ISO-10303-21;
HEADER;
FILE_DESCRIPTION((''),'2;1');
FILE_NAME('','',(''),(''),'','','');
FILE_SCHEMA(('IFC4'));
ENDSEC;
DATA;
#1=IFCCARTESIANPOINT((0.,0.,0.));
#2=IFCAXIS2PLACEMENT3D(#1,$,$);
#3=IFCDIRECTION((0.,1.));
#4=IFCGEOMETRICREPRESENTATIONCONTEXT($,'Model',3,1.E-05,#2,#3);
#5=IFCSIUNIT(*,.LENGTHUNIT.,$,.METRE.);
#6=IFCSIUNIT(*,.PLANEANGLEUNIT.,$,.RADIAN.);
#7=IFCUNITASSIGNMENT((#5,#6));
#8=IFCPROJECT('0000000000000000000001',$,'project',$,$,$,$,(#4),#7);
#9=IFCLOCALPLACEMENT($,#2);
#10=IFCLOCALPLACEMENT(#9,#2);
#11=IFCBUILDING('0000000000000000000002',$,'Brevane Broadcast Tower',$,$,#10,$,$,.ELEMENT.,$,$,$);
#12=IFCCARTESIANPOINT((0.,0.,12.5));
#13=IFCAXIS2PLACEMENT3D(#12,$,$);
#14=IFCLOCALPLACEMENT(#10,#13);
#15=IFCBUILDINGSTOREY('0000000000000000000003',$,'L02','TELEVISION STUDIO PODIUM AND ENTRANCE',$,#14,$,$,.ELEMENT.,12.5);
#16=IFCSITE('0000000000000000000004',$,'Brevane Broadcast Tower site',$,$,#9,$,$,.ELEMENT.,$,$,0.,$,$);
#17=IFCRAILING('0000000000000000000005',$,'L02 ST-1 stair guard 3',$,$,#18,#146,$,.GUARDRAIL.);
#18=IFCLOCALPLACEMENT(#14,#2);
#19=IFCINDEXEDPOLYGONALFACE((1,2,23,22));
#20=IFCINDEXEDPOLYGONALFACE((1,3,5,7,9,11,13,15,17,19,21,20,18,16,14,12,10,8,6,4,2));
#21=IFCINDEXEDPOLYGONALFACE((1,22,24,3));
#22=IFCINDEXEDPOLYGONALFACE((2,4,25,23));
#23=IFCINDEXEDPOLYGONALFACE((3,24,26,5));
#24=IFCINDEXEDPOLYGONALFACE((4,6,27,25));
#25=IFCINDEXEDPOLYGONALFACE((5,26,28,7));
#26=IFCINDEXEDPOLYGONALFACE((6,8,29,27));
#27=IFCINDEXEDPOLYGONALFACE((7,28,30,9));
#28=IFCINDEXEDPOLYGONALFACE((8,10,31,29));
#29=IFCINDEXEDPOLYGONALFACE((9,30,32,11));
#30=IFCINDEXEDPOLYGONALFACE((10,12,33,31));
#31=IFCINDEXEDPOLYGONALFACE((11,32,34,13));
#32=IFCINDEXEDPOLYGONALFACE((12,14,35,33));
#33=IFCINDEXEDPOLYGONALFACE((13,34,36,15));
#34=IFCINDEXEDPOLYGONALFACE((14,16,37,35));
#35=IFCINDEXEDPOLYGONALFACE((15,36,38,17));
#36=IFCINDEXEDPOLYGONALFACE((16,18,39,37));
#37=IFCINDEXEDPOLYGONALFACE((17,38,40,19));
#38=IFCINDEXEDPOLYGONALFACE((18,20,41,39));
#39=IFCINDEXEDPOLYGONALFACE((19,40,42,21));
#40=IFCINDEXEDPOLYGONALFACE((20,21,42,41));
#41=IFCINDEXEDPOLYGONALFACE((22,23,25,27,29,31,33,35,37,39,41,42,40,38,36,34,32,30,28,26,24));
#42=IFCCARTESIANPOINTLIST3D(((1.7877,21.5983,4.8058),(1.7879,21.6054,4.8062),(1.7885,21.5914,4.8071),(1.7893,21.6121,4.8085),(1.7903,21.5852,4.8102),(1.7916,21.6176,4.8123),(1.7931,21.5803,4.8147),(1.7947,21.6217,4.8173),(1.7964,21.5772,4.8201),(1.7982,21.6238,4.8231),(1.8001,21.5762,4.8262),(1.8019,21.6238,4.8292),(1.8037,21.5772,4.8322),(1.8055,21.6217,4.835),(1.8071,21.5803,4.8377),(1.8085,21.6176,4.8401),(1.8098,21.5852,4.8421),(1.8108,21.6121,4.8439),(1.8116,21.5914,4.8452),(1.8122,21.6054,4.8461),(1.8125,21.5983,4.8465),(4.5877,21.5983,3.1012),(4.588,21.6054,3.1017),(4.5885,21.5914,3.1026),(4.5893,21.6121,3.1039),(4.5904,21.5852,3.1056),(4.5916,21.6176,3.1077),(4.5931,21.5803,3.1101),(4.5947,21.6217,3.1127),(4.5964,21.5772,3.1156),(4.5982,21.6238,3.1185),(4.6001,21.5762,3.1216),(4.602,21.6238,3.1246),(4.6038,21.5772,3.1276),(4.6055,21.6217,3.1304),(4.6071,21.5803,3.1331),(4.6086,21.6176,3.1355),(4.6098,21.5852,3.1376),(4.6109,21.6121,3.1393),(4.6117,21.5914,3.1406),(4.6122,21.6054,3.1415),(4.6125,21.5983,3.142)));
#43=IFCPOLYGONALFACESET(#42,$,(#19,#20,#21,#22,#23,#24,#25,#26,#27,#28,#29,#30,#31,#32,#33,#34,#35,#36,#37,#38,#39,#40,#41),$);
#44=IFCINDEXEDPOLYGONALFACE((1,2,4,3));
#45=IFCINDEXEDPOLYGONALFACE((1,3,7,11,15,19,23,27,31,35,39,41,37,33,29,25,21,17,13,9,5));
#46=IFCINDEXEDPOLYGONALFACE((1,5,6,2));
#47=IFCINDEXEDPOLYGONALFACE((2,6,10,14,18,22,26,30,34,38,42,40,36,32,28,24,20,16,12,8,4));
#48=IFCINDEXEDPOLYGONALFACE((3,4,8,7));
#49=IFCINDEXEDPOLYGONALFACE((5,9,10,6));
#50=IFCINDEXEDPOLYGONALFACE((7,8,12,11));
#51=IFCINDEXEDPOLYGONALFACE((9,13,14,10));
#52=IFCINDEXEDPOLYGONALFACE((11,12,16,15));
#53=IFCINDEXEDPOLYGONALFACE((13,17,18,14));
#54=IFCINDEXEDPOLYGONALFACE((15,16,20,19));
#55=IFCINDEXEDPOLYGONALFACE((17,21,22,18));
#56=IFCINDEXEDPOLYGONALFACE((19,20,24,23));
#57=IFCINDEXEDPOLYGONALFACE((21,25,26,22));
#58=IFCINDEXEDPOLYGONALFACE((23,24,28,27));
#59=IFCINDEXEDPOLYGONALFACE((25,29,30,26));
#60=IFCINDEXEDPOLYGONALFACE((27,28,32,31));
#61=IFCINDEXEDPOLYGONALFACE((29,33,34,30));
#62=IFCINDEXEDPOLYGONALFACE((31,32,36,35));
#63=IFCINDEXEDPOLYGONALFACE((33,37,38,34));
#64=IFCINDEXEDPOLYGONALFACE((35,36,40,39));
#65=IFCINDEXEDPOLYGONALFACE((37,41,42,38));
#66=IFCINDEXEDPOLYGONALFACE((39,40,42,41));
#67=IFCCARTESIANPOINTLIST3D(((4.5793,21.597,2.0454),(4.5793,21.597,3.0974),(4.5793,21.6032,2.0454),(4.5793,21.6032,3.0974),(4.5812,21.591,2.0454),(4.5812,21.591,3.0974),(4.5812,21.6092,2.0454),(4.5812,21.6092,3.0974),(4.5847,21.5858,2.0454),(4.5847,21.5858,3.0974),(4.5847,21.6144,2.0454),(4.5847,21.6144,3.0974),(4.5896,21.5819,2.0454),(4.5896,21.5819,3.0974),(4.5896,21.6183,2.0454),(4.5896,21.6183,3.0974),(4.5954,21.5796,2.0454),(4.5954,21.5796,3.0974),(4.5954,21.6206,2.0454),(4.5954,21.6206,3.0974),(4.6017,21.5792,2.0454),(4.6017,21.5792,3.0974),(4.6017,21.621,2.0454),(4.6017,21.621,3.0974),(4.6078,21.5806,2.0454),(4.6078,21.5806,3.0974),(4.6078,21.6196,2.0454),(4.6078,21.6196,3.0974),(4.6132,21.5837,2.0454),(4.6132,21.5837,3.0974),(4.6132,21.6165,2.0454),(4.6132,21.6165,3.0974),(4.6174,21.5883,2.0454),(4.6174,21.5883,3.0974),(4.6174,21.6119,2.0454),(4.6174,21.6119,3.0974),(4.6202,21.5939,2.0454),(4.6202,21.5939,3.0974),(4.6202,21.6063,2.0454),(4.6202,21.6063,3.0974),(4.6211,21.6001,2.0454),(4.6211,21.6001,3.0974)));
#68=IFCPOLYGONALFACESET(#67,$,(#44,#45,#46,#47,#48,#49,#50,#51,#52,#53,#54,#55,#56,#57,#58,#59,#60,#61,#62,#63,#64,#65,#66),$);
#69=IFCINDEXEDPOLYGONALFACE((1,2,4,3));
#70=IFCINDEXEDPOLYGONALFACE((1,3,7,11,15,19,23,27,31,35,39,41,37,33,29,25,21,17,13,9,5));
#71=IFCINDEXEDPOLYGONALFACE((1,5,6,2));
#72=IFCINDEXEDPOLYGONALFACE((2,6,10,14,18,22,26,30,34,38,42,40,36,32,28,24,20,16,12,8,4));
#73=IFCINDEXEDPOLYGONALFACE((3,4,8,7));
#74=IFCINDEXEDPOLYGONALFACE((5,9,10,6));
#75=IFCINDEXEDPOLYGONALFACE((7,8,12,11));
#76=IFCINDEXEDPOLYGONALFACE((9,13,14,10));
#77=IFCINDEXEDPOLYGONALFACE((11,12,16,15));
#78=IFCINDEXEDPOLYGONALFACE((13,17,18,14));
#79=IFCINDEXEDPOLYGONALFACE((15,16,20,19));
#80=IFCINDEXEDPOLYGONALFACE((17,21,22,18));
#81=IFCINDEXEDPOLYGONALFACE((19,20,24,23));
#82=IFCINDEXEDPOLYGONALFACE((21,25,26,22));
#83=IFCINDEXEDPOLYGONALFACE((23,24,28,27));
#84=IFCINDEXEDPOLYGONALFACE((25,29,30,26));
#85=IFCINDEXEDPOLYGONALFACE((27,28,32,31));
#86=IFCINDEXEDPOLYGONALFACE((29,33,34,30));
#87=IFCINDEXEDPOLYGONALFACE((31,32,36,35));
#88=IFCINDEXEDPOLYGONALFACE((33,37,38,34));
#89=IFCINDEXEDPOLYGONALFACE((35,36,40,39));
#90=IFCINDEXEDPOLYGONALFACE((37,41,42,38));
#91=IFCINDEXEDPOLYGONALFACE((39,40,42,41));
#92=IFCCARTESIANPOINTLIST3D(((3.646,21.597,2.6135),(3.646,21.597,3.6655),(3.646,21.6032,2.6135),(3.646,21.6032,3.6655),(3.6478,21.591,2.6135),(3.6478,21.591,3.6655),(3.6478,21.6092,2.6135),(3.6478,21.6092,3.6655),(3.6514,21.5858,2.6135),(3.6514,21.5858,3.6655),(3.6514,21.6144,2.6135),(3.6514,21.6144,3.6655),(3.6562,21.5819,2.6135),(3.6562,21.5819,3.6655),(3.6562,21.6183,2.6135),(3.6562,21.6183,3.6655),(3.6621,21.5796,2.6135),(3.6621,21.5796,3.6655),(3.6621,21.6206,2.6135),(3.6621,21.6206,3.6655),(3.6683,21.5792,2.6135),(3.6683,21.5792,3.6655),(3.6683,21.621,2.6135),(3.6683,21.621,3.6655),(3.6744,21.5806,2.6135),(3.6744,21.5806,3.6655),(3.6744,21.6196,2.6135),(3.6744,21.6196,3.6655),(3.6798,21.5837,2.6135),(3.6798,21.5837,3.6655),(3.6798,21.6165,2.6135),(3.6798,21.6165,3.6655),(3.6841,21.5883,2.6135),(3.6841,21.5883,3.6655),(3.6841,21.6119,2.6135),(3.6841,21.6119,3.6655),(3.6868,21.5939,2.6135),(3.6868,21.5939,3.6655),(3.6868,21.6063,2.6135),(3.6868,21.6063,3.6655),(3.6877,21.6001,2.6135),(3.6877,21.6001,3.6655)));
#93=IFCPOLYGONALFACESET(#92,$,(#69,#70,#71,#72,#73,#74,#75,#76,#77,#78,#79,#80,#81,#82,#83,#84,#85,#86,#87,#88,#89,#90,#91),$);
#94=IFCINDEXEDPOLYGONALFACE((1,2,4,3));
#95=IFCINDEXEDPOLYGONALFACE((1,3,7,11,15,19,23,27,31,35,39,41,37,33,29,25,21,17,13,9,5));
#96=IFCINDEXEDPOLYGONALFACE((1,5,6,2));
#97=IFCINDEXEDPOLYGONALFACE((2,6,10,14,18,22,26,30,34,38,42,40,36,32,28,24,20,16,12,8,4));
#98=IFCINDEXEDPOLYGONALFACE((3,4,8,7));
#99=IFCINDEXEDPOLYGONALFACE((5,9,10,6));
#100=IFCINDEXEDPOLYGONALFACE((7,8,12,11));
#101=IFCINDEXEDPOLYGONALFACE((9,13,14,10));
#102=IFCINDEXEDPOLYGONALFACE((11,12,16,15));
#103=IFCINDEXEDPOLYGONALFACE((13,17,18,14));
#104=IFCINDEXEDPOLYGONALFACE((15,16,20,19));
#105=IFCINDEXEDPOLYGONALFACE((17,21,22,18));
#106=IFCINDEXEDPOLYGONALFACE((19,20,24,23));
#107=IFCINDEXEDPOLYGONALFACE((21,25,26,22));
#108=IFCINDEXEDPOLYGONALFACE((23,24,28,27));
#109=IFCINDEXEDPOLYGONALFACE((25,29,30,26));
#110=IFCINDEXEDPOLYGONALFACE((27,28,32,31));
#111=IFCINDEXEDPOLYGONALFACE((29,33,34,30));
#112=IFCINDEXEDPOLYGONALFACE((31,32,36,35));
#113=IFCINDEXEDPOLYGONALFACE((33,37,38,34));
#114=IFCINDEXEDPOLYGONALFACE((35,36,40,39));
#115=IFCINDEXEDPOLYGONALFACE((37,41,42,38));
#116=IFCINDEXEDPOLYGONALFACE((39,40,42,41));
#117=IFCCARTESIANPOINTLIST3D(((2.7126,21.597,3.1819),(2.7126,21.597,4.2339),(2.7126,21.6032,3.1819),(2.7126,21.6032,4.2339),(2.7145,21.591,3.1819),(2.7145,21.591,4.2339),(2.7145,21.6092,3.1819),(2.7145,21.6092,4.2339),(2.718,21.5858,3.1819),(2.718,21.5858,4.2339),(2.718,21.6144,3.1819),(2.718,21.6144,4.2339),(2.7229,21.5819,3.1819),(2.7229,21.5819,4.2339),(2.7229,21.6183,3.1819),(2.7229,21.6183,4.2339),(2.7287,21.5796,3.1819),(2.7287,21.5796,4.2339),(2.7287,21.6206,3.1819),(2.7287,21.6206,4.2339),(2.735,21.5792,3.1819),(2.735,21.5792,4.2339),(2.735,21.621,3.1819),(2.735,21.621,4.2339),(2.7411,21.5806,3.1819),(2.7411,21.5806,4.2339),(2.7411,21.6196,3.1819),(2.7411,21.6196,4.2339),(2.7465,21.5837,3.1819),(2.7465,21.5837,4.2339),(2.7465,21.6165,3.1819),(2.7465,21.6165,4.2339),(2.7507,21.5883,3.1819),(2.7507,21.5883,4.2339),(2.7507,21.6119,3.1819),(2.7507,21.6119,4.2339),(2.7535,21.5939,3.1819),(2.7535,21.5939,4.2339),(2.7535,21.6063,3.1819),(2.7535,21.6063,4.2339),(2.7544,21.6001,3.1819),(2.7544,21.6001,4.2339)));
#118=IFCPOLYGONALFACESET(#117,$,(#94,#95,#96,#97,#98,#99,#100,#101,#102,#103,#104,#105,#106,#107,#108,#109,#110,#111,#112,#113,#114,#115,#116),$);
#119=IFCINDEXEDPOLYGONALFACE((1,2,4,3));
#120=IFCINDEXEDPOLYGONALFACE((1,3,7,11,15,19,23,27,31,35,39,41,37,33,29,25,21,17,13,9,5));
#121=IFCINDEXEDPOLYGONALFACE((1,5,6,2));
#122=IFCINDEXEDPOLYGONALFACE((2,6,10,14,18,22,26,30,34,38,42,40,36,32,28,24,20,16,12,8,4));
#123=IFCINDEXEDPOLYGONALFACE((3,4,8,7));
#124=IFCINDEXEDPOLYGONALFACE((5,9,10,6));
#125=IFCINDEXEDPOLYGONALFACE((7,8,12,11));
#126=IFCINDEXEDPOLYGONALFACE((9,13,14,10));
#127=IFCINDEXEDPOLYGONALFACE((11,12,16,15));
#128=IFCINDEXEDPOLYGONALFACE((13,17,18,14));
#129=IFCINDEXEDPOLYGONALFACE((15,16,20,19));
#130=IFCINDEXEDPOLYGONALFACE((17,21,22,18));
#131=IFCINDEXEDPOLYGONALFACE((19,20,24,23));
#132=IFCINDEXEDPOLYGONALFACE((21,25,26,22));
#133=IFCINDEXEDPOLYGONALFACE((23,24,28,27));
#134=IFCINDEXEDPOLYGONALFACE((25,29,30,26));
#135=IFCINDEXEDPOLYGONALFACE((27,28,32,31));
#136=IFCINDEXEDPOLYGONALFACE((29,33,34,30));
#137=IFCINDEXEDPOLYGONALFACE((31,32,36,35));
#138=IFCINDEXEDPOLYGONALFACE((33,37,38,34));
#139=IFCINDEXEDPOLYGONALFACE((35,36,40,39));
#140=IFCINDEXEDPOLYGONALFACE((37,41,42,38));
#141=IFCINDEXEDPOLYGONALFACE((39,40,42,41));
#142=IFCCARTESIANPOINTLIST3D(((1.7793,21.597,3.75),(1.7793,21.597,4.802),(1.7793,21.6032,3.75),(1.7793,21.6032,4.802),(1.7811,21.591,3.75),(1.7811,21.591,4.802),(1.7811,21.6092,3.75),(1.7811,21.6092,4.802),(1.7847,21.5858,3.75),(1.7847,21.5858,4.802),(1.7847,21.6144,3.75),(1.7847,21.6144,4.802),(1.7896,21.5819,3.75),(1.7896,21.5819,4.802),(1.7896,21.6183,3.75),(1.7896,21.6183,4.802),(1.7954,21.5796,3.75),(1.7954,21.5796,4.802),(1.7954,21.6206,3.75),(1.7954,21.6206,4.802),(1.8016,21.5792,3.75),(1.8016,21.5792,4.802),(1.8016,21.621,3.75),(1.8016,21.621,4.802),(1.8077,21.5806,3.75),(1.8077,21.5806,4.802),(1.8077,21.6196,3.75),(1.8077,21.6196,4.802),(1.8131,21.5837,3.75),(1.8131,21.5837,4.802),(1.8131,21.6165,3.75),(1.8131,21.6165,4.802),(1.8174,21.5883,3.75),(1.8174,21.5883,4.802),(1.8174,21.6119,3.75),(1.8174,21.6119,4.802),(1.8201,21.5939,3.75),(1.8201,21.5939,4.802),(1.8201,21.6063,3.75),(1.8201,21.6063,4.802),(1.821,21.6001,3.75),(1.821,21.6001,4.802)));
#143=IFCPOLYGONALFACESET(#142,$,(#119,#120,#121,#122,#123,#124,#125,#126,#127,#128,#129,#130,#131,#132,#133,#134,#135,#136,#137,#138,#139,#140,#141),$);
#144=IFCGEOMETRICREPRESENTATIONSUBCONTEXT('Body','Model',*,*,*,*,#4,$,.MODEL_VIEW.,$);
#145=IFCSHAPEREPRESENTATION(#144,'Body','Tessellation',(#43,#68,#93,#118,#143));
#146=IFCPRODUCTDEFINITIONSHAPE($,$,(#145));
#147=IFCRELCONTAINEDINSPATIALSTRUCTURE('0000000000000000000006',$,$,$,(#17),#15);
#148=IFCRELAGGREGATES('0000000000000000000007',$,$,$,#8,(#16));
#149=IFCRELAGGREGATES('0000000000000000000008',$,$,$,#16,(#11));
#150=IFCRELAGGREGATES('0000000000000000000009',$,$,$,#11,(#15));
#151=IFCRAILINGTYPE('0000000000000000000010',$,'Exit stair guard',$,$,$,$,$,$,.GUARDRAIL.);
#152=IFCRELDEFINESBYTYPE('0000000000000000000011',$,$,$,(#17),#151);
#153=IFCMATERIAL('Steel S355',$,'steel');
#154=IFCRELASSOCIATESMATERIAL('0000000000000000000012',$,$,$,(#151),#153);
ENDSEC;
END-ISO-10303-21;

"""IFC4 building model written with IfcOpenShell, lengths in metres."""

from ifc_helpers import new_model, si_unit, direction, frame, origin, origin_2d, place, context, subcontext, project, spatial, circle, extrude, material, type_object, element, save


model = new_model("IFC4")

# Units and contexts
model_context = context("Model", 3, precision=1e-05, world=origin(), true_north=direction((0.0, 1.0)))
body_context = subcontext(model_context, "Body", "Model", "MODEL_VIEW")
ifc_project = project(units=[si_unit("LENGTHUNIT", "METRE"), si_unit("PLANEANGLEUNIT", "RADIAN")], contexts=[model_context])

# Site, building, storey
site_placement = place(None, origin())
site = spatial("IfcSite", under=ifc_project, at=site_placement, Name="Brevane Broadcast Tower site", CompositionType="ELEMENT", RefElevation=0.0)
building_placement = place(site_placement, origin())
building = spatial("IfcBuilding", under=site, at=building_placement, Name="Brevane Broadcast Tower", CompositionType="ELEMENT")
storey_placement = place(building_placement, frame((0.0, 0.0, 12.5)))
storey = spatial("IfcBuildingStorey", under=building, at=storey_placement, Name="L02", Description="TELEVISION STUDIO PODIUM AND ENTRANCE", CompositionType="ELEMENT", Elevation=12.5)

# Railing
ifc_material_1 = material(Name="Steel S355", Category="steel")
railing_type_1 = type_object("IfcRailingType", Name="Exit stair guard", PredefinedType="GUARDRAIL", material=ifc_material_1)
railing_1_placement = place(storey_placement, frame((4.6001, 21.6001, 2.0454)))
element("IfcRailing", 1, at=railing_1_placement, inside=storey, type_object=railing_type_1, Name="L02 ST-1 stair guard 3", PredefinedType="GUARDRAIL", context=body_context, shape_type="SweptSolid", body=[
    extrude(circle(Radius=0.0239, at=origin_2d()), frame((0.0, 0.0, 1.0762), z_axis=(-0.85417, 0.0, 0.519994), x_axis=(0.0, -1.0, 0.0)), (0.0, 0.0, 1.0), 3.2781),
    extrude(circle(Radius=0.021, at=origin_2d()), origin(), (0.0, 0.0, 1.0), 1.052),
    extrude(circle(Radius=0.021, at=origin_2d()), frame((-0.9333, 0.0, 0.5681)), (0.0, 0.0, 1.0), 1.052),
    extrude(circle(Radius=0.021, at=origin_2d()), frame((-1.8667, 0.0, 1.1365)), (0.0, 0.0, 1.0), 1.052),
    extrude(circle(Radius=0.021, at=origin_2d()), frame((-2.8, 0.0, 1.7046)), (0.0, 0.0, 1.0), 1.052),
])

save(model, "model.ifc")
